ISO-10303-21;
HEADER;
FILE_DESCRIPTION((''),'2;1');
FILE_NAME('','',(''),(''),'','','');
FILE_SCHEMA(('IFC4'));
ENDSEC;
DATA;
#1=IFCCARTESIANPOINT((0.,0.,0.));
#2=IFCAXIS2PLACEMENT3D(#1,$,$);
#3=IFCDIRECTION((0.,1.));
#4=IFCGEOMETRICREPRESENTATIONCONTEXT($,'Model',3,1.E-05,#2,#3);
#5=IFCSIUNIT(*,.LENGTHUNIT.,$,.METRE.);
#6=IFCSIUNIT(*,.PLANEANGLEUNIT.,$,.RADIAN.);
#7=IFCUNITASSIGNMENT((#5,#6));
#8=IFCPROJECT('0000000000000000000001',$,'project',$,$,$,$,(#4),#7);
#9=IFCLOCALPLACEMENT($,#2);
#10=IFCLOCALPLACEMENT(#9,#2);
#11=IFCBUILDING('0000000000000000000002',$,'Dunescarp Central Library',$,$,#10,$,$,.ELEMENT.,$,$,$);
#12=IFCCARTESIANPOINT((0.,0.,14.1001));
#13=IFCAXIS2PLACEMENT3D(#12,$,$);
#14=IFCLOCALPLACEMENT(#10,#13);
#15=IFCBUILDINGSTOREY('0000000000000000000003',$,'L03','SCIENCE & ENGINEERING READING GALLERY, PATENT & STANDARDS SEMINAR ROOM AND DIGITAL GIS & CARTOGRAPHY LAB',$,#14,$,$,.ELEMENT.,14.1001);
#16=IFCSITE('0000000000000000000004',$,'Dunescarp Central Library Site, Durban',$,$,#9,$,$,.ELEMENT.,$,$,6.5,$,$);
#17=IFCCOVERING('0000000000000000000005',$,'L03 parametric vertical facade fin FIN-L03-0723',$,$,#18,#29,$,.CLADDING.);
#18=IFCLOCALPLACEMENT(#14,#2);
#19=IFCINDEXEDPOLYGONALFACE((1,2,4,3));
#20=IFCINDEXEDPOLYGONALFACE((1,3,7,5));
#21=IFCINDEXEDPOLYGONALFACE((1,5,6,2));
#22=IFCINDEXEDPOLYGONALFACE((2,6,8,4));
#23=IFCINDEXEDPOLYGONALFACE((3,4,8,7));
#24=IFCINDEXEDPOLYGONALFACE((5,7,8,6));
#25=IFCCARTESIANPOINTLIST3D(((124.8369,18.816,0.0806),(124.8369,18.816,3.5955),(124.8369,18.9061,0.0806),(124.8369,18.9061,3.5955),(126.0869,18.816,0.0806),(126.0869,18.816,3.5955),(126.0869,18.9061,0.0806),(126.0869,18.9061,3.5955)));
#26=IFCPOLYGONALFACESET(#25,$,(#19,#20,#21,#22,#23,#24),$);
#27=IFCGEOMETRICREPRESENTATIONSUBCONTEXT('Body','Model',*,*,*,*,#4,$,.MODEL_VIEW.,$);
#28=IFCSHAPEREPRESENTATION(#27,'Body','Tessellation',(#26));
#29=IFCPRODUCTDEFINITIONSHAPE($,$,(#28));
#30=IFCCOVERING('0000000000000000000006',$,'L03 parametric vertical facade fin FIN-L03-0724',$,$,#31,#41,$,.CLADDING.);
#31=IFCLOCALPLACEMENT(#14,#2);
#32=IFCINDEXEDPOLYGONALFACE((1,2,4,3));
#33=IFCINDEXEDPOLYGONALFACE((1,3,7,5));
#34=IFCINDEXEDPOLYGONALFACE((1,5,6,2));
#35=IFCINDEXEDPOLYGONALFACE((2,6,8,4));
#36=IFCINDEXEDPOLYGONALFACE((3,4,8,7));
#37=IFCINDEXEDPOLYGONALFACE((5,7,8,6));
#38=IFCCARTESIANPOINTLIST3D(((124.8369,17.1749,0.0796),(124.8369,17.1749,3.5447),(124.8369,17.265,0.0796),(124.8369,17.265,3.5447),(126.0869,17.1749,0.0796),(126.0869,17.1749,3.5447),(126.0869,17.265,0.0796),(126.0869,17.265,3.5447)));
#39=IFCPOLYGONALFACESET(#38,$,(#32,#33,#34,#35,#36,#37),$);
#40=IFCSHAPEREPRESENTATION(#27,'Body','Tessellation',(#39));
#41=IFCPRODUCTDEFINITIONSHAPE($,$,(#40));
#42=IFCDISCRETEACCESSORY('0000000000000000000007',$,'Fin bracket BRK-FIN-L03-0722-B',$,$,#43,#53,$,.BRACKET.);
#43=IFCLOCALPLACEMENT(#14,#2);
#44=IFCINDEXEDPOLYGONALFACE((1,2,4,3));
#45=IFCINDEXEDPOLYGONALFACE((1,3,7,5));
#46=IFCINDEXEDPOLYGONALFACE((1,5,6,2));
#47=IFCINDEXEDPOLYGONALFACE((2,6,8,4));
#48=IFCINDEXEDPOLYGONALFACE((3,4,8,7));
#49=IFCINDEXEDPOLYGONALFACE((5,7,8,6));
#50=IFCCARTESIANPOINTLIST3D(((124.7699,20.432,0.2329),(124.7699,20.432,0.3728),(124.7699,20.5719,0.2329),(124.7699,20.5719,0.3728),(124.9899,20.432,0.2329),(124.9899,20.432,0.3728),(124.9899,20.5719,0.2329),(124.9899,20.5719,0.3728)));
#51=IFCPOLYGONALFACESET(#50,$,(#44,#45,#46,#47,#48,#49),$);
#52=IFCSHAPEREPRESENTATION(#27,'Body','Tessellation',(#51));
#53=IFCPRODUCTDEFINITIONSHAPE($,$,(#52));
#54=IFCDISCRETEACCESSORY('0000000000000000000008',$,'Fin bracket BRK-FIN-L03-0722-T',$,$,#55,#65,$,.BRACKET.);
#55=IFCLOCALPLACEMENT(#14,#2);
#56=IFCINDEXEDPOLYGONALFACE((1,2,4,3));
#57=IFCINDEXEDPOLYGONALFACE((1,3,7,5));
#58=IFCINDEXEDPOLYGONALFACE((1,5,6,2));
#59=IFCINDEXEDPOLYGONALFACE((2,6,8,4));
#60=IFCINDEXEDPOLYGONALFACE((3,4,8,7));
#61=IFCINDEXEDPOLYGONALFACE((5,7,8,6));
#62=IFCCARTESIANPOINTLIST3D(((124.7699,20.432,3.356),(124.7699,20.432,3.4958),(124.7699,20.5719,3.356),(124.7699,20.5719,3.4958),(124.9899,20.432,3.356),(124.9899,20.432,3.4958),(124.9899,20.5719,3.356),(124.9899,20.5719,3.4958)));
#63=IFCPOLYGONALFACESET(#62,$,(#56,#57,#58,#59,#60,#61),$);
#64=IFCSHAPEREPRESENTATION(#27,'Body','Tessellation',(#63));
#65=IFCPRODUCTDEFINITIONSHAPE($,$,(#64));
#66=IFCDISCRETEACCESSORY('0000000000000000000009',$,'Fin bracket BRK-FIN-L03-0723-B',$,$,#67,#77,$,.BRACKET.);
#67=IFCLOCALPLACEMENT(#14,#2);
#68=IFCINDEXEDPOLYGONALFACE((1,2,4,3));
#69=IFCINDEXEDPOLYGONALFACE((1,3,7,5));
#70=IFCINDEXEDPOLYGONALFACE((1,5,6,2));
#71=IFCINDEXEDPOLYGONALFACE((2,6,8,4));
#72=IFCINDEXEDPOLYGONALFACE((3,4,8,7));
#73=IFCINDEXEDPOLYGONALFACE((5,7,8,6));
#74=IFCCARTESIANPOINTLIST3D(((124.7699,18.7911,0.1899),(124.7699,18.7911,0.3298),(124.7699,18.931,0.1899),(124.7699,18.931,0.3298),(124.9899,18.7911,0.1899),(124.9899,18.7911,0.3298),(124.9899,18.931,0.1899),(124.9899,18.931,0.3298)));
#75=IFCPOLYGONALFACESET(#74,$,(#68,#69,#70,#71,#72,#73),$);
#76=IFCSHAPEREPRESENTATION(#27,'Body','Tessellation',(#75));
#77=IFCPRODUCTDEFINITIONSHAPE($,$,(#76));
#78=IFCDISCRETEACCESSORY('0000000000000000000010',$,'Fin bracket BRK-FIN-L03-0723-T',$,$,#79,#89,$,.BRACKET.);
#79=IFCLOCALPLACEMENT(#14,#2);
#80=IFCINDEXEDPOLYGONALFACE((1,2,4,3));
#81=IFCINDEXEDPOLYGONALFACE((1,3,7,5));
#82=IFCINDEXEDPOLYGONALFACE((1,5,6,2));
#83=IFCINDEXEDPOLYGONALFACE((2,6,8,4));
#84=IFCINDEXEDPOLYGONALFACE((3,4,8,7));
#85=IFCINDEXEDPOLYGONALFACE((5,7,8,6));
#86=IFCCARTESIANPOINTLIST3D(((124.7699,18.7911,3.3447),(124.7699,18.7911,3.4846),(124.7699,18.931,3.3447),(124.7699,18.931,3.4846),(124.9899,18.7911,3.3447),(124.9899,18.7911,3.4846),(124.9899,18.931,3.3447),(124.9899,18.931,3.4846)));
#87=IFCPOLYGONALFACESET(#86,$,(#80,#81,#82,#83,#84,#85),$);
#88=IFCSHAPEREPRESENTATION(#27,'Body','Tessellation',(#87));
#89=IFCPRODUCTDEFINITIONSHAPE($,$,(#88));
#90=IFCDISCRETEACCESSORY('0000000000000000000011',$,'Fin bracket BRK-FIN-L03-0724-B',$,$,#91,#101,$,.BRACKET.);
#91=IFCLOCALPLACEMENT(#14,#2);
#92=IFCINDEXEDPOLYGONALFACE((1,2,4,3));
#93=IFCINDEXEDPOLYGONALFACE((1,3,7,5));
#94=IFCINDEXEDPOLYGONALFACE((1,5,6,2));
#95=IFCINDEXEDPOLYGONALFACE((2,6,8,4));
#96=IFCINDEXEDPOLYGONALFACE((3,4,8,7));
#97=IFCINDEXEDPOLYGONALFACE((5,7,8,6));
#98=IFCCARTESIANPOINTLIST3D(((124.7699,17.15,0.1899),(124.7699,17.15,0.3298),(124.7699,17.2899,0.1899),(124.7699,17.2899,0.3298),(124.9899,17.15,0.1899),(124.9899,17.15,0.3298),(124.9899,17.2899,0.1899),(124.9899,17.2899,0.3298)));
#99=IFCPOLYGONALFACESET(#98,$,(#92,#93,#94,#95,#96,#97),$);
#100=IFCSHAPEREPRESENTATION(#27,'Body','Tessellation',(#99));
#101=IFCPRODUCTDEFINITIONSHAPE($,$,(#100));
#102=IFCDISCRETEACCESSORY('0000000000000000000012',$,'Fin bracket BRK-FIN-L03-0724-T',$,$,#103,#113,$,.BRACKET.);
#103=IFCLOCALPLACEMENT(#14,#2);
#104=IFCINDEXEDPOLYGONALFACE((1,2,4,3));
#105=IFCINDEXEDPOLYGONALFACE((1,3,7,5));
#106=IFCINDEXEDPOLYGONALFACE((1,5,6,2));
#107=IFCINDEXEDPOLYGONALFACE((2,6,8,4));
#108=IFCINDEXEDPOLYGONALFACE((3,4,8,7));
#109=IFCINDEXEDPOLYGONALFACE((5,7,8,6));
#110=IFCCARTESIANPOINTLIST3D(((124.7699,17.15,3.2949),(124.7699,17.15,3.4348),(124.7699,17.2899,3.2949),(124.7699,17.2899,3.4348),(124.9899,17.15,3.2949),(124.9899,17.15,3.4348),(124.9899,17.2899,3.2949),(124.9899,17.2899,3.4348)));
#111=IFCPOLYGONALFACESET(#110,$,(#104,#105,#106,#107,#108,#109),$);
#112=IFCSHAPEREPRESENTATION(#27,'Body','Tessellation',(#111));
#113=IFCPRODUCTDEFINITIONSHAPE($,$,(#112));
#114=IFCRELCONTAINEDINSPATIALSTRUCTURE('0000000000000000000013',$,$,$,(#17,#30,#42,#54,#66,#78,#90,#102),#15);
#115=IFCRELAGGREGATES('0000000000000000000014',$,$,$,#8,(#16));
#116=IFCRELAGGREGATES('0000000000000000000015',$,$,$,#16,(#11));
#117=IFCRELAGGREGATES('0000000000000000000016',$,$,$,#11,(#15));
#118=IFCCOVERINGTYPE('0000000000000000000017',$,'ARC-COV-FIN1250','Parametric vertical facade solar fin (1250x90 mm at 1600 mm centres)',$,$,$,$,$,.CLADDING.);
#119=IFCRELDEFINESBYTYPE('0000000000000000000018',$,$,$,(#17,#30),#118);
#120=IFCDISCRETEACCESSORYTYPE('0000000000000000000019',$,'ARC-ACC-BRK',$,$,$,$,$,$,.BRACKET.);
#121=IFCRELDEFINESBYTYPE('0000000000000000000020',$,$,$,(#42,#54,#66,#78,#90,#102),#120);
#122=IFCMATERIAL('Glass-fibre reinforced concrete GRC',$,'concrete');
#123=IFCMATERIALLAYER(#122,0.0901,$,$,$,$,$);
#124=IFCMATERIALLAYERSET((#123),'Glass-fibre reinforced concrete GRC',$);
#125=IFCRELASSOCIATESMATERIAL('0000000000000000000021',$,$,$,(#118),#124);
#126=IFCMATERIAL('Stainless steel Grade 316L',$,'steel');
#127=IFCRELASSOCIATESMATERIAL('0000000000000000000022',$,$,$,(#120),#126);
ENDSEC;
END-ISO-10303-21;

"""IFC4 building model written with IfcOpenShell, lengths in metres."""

from ifc_helpers import new_model, si_unit, direction, frame, origin, origin_2d, place, context, subcontext, project, spatial, rectangle, extrude, material, layer, layer_set, type_object, element, save


model = new_model("IFC4")

# Units and contexts
model_context = context("Model", 3, precision=1e-05, world=origin(), true_north=direction((0.0, 1.0)))
body_context = subcontext(model_context, "Body", "Model", "MODEL_VIEW")
ifc_project = project(units=[si_unit("LENGTHUNIT", "METRE"), si_unit("PLANEANGLEUNIT", "RADIAN")], contexts=[model_context])

# Site, building, storey
site_placement = place(None, origin())
site = spatial("IfcSite", under=ifc_project, at=site_placement, Name="Dunescarp Central Library Site, Durban", CompositionType="ELEMENT", RefElevation=6.5)
building_placement = place(site_placement, origin())
building = spatial("IfcBuilding", under=site, at=building_placement, Name="Dunescarp Central Library", CompositionType="ELEMENT")
storey_placement = place(building_placement, frame((0.0, 0.0, 14.1001)))
storey = spatial("IfcBuildingStorey", under=building, at=storey_placement, Name="L03", Description="SCIENCE & ENGINEERING READING GALLERY, PATENT & STANDARDS SEMINAR ROOM AND DIGITAL GIS & CARTOGRAPHY LAB", CompositionType="ELEMENT", Elevation=14.1001)

# Coverings
ifc_material_1 = material(Name="Glass-fibre reinforced concrete GRC", Category="concrete")
ifc_layer_1 = layer(ifc_material_1, 0.0901)
ifc_layer_set_1 = layer_set([ifc_layer_1], Name="Glass-fibre reinforced concrete GRC")
covering_type = type_object("IfcCoveringType", Name="ARC-COV-FIN1250", Description="Parametric vertical facade solar fin (1250x90 mm at 1600 mm centres)", PredefinedType="CLADDING", material=ifc_layer_set_1)
covering_1_placement = place(storey_placement, frame((125.4619, 18.8611, 0.0806), z_axis=(0.0, 0.0, 1.0), x_axis=(1.0, 0.0, 0.0)))
element("IfcCovering", 1, at=covering_1_placement, inside=storey, type_object=covering_type, Name="L03 parametric vertical facade fin FIN-L03-0723", PredefinedType="CLADDING", context=body_context, shape_type="SweptSolid", body=[
    extrude(rectangle(XDim=1.25, YDim=0.0901, at=origin_2d()), origin(), (0.0, 0.0, 1.0), 3.5149),
])
covering_2_placement = place(storey_placement, frame((125.4619, 17.22, 0.0796), z_axis=(0.0, 0.0, 1.0), x_axis=(1.0, 0.0, 0.0)))
element("IfcCovering", 2, at=covering_2_placement, inside=storey, type_object=covering_type, Name="L03 parametric vertical facade fin FIN-L03-0724", PredefinedType="CLADDING", context=body_context, shape_type="SweptSolid", body=[
    extrude(rectangle(XDim=1.25, YDim=0.0901, at=origin_2d()), origin(), (0.0, 0.0, 1.0), 3.4651),
])

# Discrete accessories
ifc_material_2 = material(Name="Stainless steel Grade 316L", Category="steel")
discrete_accessory_type = type_object("IfcDiscreteAccessoryType", Name="ARC-ACC-BRK", PredefinedType="BRACKET", material=ifc_material_2)
for number, where, z_axis, x_axis, name in (
    (3, (124.8799, 20.502, 0.2329), (0.0, 0.0, 1.0), (1.0, 0.0, 0.0), "Fin bracket BRK-FIN-L03-0722-B"),
    (4, (124.8799, 20.502, 3.356), (0.0, 0.0, 1.0), (1.0, 0.0, 0.0), "Fin bracket BRK-FIN-L03-0722-T"),
    (5, (124.8799, 18.8611, 0.1899), (0.0, 0.0, 1.0), (1.0, 0.0, 0.0), "Fin bracket BRK-FIN-L03-0723-B"),
    (6, (124.8799, 18.8611, 3.3447), (0.0, 0.0, 1.0), (1.0, 0.0, 0.0), "Fin bracket BRK-FIN-L03-0723-T"),
    (7, (124.8799, 17.22, 0.1899), (0.0, 0.0, 1.0), (1.0, 0.0, 0.0), "Fin bracket BRK-FIN-L03-0724-B"),
    (8, (124.8799, 17.22, 3.2949), (0.0, 0.0, 1.0), (1.0, 0.0, 0.0), "Fin bracket BRK-FIN-L03-0724-T"),
):
    element("IfcDiscreteAccessory", number, at=place(storey_placement, frame(where, z_axis=z_axis, x_axis=x_axis)), inside=storey, type_object=discrete_accessory_type, Name=name, PredefinedType="BRACKET", context=body_context, shape_type="SweptSolid", body=[
        extrude(rectangle(XDim=0.22, YDim=0.1399, at=origin_2d()), origin(), (0.0, 0.0, 1.0), 0.1399),
    ])

save(model, "model.ifc")
